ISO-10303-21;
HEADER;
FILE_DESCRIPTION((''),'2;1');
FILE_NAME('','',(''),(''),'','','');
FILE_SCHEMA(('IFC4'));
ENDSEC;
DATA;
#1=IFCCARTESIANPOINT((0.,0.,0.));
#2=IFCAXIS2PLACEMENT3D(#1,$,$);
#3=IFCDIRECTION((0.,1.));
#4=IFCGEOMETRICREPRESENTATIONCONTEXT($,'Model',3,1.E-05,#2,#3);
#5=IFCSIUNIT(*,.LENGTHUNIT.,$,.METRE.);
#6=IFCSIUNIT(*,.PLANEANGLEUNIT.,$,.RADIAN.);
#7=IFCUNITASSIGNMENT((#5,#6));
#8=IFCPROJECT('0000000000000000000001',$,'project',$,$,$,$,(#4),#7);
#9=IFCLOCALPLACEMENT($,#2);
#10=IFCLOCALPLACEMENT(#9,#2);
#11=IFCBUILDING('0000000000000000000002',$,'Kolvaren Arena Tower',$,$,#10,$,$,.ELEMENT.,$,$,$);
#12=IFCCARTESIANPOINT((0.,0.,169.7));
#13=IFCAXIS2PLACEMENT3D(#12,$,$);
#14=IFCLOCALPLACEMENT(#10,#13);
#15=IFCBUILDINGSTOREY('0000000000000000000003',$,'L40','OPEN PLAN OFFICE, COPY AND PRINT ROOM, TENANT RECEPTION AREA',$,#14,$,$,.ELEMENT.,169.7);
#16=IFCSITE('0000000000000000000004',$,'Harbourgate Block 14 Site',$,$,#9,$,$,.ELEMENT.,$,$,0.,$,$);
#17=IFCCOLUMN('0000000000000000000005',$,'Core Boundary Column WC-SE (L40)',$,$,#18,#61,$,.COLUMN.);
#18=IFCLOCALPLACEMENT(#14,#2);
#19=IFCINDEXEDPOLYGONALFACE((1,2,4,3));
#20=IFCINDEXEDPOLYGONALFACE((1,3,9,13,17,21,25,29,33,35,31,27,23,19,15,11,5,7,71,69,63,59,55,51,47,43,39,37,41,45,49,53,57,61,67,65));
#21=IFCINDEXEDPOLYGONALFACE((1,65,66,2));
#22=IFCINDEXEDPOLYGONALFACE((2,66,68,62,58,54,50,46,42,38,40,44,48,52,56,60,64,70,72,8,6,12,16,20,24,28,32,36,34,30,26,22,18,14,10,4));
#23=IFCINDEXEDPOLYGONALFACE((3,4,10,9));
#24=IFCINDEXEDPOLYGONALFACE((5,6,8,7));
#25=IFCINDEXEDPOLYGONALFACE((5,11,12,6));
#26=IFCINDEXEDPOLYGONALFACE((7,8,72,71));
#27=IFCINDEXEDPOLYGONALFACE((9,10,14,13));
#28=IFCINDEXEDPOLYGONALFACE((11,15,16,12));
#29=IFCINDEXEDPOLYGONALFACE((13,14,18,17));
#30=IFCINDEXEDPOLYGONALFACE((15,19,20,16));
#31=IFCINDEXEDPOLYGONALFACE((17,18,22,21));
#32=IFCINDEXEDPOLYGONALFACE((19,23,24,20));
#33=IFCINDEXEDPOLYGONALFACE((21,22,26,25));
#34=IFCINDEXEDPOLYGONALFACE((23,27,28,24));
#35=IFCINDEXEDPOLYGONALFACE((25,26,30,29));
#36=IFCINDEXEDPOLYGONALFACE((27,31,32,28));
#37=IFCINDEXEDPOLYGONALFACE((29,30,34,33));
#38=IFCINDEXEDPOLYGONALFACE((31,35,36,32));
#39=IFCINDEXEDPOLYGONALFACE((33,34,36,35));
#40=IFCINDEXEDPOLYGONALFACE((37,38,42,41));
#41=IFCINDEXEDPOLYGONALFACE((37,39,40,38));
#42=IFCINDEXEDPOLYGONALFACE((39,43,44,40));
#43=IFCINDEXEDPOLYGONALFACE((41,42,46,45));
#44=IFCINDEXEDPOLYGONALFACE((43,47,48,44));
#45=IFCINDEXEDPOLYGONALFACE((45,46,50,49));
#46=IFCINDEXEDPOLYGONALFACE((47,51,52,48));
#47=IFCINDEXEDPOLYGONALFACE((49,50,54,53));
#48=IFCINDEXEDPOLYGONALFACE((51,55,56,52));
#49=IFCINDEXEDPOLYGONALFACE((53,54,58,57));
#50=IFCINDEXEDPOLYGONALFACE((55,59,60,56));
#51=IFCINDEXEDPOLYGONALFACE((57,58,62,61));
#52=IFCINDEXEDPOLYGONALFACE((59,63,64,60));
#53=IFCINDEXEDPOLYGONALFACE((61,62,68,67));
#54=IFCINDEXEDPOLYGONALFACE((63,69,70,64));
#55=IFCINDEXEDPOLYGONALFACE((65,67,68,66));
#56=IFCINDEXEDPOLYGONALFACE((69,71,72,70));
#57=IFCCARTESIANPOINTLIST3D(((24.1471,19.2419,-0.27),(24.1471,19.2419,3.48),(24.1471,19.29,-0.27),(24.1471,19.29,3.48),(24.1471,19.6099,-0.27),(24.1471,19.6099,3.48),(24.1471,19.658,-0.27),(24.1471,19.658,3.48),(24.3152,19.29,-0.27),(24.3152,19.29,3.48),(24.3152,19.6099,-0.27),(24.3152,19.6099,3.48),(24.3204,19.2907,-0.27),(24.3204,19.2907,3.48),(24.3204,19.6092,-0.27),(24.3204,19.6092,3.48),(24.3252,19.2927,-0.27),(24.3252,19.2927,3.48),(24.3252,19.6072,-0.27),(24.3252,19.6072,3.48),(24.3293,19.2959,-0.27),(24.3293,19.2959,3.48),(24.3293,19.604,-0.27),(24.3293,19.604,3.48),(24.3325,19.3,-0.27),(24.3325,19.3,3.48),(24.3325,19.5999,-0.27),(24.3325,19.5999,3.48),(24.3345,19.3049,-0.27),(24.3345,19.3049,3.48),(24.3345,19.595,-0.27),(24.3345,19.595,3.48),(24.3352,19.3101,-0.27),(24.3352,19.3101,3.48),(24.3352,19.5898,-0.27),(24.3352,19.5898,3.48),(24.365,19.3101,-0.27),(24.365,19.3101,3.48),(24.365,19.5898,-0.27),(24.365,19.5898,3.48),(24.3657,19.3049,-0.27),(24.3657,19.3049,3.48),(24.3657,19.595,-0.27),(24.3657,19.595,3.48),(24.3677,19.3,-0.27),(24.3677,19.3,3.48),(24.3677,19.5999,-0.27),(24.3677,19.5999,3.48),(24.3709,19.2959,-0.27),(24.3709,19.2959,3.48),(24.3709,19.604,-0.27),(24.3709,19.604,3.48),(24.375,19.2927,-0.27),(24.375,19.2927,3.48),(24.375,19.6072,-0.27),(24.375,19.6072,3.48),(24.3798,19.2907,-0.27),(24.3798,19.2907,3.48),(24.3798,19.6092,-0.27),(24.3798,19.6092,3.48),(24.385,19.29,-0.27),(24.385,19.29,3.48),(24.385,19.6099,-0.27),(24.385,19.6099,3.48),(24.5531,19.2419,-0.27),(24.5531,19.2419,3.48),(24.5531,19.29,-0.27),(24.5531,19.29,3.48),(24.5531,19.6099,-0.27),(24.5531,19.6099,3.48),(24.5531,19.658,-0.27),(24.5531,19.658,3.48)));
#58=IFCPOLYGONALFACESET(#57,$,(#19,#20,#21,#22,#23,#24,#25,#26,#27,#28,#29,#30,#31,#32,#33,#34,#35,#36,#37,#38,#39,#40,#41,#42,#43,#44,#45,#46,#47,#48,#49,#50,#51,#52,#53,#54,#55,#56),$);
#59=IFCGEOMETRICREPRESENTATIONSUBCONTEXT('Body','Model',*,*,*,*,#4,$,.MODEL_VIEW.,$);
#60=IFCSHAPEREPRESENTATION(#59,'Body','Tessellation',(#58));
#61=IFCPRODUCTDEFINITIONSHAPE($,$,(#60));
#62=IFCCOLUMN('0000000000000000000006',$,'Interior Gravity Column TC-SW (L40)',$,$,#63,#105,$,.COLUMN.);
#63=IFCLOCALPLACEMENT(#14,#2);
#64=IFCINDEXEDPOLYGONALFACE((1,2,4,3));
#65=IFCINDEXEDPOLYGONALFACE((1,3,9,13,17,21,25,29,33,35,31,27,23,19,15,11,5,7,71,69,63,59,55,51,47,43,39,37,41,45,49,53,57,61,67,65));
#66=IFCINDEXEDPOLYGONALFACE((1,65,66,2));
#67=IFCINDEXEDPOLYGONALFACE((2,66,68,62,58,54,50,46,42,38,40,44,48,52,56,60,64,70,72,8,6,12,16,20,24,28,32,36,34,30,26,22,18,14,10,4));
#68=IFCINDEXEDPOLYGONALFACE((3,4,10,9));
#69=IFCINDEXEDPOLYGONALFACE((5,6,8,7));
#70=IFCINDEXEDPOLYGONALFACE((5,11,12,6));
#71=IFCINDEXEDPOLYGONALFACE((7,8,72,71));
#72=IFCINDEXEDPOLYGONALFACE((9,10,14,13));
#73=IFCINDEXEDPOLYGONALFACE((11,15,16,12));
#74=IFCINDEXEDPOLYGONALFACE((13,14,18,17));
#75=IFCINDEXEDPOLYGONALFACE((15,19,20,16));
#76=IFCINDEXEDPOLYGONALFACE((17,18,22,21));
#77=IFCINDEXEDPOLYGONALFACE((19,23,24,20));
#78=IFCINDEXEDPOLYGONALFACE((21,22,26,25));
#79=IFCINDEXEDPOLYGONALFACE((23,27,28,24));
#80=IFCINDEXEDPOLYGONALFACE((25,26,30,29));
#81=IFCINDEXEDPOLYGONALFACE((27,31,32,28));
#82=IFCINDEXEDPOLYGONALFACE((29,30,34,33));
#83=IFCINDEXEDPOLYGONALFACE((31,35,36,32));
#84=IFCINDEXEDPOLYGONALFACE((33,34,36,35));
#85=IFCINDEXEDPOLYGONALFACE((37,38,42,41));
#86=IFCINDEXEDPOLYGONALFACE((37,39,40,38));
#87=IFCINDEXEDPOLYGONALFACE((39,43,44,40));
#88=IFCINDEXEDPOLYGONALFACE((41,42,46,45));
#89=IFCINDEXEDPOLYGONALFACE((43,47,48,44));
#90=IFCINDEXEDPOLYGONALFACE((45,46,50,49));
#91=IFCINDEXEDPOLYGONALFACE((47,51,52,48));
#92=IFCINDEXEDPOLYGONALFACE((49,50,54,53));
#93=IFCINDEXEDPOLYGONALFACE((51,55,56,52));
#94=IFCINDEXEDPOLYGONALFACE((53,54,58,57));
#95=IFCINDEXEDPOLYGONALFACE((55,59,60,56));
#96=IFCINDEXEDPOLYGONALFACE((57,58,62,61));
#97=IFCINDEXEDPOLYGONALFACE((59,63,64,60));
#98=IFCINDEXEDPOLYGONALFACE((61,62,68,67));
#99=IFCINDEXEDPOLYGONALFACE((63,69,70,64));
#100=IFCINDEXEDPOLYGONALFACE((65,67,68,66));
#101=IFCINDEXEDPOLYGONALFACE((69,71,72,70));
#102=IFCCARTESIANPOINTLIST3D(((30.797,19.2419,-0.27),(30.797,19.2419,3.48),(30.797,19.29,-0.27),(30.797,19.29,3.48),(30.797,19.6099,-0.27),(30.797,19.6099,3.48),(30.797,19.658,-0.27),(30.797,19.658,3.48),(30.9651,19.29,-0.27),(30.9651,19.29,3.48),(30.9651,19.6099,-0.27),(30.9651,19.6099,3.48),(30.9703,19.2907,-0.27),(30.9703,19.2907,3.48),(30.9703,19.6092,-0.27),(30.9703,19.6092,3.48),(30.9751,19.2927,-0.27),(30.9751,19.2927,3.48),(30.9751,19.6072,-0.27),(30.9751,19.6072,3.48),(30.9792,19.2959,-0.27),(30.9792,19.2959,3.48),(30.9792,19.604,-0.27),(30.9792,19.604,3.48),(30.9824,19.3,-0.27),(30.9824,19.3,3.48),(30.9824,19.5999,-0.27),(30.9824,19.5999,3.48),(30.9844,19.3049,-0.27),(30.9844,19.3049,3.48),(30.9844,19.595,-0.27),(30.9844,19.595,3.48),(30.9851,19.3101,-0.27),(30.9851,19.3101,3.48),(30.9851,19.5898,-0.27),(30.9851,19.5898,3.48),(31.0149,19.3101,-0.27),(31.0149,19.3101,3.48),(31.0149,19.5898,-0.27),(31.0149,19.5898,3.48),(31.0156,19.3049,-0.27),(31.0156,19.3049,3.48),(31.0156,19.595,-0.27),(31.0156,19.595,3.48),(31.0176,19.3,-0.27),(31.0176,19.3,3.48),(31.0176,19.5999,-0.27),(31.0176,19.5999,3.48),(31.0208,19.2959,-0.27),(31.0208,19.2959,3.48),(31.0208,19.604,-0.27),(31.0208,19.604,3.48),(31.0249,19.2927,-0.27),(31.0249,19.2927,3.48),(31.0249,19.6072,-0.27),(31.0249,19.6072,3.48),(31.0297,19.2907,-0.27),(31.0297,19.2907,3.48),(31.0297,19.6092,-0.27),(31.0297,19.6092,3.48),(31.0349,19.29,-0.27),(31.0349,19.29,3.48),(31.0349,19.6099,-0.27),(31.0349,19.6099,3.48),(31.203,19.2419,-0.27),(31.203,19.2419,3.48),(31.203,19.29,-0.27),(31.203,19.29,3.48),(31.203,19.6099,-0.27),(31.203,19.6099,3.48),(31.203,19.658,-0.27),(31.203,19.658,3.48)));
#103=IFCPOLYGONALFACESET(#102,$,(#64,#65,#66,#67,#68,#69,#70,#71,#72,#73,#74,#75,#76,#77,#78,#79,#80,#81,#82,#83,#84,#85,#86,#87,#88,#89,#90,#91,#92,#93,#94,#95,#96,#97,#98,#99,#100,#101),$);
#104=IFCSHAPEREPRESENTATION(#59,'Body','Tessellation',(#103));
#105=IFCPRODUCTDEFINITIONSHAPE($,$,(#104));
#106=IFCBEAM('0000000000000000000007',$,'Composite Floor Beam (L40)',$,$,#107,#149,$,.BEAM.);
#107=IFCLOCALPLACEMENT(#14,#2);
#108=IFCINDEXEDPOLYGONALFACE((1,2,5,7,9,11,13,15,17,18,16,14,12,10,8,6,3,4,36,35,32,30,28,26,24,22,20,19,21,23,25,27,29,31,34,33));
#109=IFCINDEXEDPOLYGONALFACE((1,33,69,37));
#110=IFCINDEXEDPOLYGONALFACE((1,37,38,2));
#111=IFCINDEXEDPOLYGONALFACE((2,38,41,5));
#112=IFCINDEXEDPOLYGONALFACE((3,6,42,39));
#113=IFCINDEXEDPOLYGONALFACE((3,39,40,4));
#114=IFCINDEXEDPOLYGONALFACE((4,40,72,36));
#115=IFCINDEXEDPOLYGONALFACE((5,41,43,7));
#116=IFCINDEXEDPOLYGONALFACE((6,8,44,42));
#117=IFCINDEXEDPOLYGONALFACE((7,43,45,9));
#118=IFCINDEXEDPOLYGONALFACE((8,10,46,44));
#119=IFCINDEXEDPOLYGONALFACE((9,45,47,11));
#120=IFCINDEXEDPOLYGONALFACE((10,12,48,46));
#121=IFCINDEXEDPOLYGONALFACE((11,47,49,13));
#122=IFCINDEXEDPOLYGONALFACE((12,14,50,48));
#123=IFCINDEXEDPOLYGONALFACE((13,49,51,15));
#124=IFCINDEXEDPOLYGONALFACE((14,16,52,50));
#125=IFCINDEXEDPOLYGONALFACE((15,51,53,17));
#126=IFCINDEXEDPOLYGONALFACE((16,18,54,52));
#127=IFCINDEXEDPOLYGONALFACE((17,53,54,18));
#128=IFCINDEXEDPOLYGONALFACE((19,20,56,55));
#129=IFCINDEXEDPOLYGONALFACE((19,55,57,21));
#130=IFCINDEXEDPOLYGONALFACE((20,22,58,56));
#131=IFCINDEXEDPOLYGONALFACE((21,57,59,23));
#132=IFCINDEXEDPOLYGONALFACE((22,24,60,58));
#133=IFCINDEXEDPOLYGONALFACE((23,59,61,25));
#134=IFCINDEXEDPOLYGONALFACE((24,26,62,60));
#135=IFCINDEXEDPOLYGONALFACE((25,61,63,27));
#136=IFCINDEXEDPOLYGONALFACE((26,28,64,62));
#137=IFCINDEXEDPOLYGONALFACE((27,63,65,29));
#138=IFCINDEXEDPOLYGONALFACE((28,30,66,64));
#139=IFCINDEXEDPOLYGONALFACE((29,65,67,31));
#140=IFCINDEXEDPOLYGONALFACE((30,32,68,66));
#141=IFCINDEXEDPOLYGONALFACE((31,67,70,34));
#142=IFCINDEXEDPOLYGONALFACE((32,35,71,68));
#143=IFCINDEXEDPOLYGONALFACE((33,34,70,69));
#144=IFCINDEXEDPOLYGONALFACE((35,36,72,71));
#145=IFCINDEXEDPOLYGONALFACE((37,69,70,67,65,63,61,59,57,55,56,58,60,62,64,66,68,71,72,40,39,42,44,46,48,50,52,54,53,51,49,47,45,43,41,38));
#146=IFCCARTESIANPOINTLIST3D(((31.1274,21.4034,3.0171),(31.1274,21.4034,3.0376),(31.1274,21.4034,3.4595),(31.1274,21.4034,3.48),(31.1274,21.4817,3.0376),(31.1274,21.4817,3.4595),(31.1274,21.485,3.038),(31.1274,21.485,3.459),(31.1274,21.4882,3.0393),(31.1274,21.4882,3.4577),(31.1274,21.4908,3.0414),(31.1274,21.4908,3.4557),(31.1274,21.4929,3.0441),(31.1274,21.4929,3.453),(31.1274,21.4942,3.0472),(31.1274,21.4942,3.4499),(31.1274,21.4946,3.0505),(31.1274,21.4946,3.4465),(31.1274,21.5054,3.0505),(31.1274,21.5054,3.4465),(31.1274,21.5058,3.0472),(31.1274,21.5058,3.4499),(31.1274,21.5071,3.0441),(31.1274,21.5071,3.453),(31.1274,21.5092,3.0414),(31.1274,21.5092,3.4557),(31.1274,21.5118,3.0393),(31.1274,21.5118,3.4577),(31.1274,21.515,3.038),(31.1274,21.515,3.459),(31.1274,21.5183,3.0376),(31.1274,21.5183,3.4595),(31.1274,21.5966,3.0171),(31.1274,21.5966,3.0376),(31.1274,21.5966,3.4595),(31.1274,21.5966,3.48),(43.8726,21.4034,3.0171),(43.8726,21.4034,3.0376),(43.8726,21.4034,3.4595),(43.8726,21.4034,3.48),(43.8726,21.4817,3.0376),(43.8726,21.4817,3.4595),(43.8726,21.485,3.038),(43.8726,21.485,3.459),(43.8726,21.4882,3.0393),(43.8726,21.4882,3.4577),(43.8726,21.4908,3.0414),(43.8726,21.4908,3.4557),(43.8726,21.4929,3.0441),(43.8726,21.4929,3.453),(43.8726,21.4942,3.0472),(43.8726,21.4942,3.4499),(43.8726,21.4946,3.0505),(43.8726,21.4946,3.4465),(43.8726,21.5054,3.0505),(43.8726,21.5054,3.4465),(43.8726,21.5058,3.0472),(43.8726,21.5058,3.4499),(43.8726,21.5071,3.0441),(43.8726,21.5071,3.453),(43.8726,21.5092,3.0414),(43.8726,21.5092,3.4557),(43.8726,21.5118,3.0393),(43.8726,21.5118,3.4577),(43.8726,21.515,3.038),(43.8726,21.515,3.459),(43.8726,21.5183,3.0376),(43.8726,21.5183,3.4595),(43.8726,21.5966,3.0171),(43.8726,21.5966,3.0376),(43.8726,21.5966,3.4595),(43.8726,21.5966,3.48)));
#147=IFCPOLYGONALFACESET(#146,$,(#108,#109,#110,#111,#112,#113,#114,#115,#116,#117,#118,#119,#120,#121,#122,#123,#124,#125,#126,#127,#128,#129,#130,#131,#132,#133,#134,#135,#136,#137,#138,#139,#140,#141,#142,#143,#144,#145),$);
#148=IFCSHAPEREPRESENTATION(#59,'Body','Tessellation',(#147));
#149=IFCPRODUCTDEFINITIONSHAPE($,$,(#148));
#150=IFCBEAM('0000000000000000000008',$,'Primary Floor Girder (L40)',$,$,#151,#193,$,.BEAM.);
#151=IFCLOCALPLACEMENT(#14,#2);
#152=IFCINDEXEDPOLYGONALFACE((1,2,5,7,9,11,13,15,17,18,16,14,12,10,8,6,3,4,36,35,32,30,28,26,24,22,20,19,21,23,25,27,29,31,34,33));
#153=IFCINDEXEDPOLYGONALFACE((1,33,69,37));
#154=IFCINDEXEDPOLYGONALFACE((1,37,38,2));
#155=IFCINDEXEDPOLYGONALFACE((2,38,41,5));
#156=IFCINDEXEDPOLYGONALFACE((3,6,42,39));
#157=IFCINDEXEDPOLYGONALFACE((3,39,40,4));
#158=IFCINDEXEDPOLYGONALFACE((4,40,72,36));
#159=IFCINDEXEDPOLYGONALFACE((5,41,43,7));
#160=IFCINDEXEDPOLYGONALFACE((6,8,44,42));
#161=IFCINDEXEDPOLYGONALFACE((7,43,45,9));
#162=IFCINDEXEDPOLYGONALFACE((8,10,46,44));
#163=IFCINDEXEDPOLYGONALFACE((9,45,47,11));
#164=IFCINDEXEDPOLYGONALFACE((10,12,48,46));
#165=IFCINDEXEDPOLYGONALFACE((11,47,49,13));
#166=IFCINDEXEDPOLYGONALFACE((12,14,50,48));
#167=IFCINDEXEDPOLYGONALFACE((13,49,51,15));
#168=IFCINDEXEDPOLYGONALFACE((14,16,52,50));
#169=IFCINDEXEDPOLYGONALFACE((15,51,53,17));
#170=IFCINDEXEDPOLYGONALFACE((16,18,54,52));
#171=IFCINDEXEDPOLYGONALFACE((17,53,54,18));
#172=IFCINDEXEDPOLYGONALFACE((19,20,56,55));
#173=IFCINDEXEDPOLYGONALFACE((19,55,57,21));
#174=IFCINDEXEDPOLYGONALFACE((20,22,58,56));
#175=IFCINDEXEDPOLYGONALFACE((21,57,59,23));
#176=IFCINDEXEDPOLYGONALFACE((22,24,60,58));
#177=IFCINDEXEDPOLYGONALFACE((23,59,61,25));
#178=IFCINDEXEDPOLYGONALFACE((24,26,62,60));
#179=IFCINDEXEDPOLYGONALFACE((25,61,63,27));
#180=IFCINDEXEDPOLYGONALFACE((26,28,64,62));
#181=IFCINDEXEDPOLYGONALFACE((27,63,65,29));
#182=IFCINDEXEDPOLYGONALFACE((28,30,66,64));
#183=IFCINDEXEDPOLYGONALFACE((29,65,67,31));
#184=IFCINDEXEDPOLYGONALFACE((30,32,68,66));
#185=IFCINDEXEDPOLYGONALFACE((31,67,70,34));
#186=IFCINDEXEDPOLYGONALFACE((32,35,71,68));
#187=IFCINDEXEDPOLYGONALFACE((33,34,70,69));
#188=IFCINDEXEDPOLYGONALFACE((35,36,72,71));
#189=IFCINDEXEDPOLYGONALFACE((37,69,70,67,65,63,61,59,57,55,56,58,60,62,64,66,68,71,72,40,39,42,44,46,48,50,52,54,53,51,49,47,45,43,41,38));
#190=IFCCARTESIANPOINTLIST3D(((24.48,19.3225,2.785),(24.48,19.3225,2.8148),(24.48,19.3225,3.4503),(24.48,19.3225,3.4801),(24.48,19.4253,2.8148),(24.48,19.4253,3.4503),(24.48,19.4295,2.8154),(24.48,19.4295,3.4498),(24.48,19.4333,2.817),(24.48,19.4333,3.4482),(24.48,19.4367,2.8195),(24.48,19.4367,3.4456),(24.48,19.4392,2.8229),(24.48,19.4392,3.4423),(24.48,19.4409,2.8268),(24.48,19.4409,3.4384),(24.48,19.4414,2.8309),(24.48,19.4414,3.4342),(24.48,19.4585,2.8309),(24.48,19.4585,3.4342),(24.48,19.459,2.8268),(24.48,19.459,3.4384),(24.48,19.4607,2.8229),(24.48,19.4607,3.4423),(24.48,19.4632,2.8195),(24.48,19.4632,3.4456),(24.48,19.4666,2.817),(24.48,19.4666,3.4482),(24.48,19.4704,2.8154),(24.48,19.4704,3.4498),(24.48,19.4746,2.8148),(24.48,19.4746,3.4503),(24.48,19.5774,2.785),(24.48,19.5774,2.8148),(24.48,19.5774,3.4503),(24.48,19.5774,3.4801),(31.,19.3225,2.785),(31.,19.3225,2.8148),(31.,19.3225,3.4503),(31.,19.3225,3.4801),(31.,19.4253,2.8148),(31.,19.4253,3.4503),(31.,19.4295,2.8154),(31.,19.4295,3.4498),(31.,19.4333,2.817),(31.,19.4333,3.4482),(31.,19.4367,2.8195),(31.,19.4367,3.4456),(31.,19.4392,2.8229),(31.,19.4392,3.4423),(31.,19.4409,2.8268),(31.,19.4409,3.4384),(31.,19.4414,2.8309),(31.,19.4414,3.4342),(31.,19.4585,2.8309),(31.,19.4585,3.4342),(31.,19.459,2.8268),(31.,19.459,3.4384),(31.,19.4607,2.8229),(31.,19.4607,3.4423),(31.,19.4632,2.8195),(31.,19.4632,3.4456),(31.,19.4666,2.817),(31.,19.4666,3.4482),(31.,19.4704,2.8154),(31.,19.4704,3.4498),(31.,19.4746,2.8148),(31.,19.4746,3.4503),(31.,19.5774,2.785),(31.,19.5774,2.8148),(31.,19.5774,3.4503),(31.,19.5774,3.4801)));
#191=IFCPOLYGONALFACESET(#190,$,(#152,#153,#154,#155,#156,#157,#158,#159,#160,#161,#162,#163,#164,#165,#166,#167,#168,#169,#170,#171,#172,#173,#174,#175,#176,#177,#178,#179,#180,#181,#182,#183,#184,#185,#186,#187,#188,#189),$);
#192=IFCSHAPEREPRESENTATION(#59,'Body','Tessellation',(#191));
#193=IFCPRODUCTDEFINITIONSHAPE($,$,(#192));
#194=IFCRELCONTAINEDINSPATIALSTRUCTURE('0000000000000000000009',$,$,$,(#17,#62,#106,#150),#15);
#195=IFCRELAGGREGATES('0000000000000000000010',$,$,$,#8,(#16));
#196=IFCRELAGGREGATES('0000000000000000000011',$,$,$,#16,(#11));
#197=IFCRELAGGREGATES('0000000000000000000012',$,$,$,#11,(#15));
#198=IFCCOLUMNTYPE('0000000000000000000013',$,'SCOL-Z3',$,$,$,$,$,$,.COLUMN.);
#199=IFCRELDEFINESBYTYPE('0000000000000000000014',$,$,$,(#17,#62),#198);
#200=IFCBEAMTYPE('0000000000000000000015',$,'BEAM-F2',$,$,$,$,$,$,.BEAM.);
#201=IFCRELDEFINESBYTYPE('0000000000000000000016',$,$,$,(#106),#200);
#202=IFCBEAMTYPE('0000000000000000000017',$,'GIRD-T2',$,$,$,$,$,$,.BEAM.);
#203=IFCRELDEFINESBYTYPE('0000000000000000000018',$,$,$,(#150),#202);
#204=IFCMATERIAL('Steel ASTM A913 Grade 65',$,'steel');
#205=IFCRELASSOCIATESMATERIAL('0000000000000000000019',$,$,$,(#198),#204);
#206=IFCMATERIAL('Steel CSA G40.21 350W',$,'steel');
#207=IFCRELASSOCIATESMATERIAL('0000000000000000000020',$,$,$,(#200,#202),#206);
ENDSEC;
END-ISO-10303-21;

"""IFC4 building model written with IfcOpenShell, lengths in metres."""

from ifc_helpers import new_model, si_unit, direction, frame, origin, origin_2d, place, context, subcontext, project, spatial, i_section, extrude, material, material_profile, profile_set, type_object, element, save


model = new_model("IFC4")

# Units and contexts
model_context = context("Model", 3, precision=1e-05, world=origin(), true_north=direction((0.0, 1.0)))
body_context = subcontext(model_context, "Body", "Model", "MODEL_VIEW")
ifc_project = project(units=[si_unit("LENGTHUNIT", "METRE"), si_unit("PLANEANGLEUNIT", "RADIAN")], contexts=[model_context])

# Site, building, storey
site_placement = place(None, origin())
site = spatial("IfcSite", under=ifc_project, at=site_placement, Name="Harbourgate Block 14 Site", CompositionType="ELEMENT", RefElevation=0.0)
building_placement = place(site_placement, origin())
building = spatial("IfcBuilding", under=site, at=building_placement, Name="Kolvaren Arena Tower", CompositionType="ELEMENT")
storey_placement = place(building_placement, frame((0.0, 0.0, 169.7)))
storey = spatial("IfcBuildingStorey", under=building, at=storey_placement, Name="L40", Description="OPEN PLAN OFFICE, COPY AND PRINT ROOM, TENANT RECEPTION AREA", CompositionType="ELEMENT", Elevation=169.7)

# Columns
ifc_material_1 = material(Name="Steel ASTM A913 Grade 65", Category="steel")
ifc_material_profile_1 = material_profile(ifc_material_1, i_section(OverallWidth=0.406, OverallDepth=0.416, WebThickness=0.0298, FlangeThickness=0.0481, FilletRadius=0.02, at=origin_2d()), Name="W360x382")
ifc_profile_set_1 = profile_set([ifc_material_profile_1], Name="Steel ASTM A913 Grade 65")
column_type = type_object("IfcColumnType", Name="SCOL-Z3", PredefinedType="COLUMN", material=ifc_profile_set_1)
for number, where, z_axis, x_axis, name in (
    (1, (24.3501, 19.45, -0.27), (0.0, 0.0, 1.0), (1.0, 0.0, 0.0), "Core Boundary Column WC-SE (L40)"),
    (2, (31.0, 19.45, -0.27), (0.0, 0.0, 1.0), (1.0, 0.0, 0.0), "Interior Gravity Column TC-SW (L40)"),
):
    element("IfcColumn", number, at=place(storey_placement, frame(where, z_axis=z_axis, x_axis=x_axis)), inside=storey, type_object=column_type, Name=name, PredefinedType="COLUMN", context=body_context, shape_type="SweptSolid", body=[
        extrude(i_section(OverallWidth=0.406, OverallDepth=0.416, WebThickness=0.0298, FlangeThickness=0.0481, FilletRadius=0.02, at=origin_2d()), origin(), (0.0, 0.0, 1.0), 3.75),
    ])

# Beams
ifc_material_2 = material(Name="Steel CSA G40.21 350W", Category="steel")
ifc_material_profile_2 = material_profile(ifc_material_2, i_section(OverallWidth=0.1931, OverallDepth=0.4629, WebThickness=0.0107, FlangeThickness=0.0205, FilletRadius=0.0129, at=origin_2d()), Name="W460x113")
ifc_profile_set_2 = profile_set([ifc_material_profile_2], Name="Steel CSA G40.21 350W")
beam_type_1 = type_object("IfcBeamType", Name="BEAM-F2", PredefinedType="BEAM", material=ifc_profile_set_2)
beam_1_placement = place(storey_placement, frame((31.1274, 21.5, 3.2485), z_axis=(1.0, 0.0, 0.0), x_axis=(0.0, 1.0, 0.0)))
element("IfcBeam", 3, at=beam_1_placement, inside=storey, type_object=beam_type_1, Name="Composite Floor Beam (L40)", PredefinedType="BEAM", context=body_context, shape_type="SweptSolid", body=[
    extrude(i_section(OverallWidth=0.1931, OverallDepth=0.4629, WebThickness=0.0107, FlangeThickness=0.0205, FilletRadius=0.0129, at=origin_2d()), origin(), (0.0, 0.0, 1.0), 12.7451),
])
ifc_material_profile_3 = material_profile(ifc_material_2, i_section(OverallWidth=0.2549, OverallDepth=0.6951, WebThickness=0.0171, FlangeThickness=0.0298, FilletRadius=0.0161, at=origin_2d()), Name="W690x217")
ifc_profile_set_3 = profile_set([ifc_material_profile_3], Name="Steel CSA G40.21 350W")
beam_type_2 = type_object("IfcBeamType", Name="GIRD-T2", PredefinedType="BEAM", material=ifc_profile_set_3)
beam_2_placement = place(storey_placement, frame((24.48, 19.45, 3.1326), z_axis=(1.0, 0.0, 0.0), x_axis=(0.0, 1.0, 0.0)))
element("IfcBeam", 4, at=beam_2_placement, inside=storey, type_object=beam_type_2, Name="Primary Floor Girder (L40)", PredefinedType="BEAM", context=body_context, shape_type="SweptSolid", body=[
    extrude(i_section(OverallWidth=0.2549, OverallDepth=0.6951, WebThickness=0.0171, FlangeThickness=0.0298, FilletRadius=0.0161, at=origin_2d()), origin(), (0.0, 0.0, 1.0), 6.52),
])

save(model, "model.ifc")
